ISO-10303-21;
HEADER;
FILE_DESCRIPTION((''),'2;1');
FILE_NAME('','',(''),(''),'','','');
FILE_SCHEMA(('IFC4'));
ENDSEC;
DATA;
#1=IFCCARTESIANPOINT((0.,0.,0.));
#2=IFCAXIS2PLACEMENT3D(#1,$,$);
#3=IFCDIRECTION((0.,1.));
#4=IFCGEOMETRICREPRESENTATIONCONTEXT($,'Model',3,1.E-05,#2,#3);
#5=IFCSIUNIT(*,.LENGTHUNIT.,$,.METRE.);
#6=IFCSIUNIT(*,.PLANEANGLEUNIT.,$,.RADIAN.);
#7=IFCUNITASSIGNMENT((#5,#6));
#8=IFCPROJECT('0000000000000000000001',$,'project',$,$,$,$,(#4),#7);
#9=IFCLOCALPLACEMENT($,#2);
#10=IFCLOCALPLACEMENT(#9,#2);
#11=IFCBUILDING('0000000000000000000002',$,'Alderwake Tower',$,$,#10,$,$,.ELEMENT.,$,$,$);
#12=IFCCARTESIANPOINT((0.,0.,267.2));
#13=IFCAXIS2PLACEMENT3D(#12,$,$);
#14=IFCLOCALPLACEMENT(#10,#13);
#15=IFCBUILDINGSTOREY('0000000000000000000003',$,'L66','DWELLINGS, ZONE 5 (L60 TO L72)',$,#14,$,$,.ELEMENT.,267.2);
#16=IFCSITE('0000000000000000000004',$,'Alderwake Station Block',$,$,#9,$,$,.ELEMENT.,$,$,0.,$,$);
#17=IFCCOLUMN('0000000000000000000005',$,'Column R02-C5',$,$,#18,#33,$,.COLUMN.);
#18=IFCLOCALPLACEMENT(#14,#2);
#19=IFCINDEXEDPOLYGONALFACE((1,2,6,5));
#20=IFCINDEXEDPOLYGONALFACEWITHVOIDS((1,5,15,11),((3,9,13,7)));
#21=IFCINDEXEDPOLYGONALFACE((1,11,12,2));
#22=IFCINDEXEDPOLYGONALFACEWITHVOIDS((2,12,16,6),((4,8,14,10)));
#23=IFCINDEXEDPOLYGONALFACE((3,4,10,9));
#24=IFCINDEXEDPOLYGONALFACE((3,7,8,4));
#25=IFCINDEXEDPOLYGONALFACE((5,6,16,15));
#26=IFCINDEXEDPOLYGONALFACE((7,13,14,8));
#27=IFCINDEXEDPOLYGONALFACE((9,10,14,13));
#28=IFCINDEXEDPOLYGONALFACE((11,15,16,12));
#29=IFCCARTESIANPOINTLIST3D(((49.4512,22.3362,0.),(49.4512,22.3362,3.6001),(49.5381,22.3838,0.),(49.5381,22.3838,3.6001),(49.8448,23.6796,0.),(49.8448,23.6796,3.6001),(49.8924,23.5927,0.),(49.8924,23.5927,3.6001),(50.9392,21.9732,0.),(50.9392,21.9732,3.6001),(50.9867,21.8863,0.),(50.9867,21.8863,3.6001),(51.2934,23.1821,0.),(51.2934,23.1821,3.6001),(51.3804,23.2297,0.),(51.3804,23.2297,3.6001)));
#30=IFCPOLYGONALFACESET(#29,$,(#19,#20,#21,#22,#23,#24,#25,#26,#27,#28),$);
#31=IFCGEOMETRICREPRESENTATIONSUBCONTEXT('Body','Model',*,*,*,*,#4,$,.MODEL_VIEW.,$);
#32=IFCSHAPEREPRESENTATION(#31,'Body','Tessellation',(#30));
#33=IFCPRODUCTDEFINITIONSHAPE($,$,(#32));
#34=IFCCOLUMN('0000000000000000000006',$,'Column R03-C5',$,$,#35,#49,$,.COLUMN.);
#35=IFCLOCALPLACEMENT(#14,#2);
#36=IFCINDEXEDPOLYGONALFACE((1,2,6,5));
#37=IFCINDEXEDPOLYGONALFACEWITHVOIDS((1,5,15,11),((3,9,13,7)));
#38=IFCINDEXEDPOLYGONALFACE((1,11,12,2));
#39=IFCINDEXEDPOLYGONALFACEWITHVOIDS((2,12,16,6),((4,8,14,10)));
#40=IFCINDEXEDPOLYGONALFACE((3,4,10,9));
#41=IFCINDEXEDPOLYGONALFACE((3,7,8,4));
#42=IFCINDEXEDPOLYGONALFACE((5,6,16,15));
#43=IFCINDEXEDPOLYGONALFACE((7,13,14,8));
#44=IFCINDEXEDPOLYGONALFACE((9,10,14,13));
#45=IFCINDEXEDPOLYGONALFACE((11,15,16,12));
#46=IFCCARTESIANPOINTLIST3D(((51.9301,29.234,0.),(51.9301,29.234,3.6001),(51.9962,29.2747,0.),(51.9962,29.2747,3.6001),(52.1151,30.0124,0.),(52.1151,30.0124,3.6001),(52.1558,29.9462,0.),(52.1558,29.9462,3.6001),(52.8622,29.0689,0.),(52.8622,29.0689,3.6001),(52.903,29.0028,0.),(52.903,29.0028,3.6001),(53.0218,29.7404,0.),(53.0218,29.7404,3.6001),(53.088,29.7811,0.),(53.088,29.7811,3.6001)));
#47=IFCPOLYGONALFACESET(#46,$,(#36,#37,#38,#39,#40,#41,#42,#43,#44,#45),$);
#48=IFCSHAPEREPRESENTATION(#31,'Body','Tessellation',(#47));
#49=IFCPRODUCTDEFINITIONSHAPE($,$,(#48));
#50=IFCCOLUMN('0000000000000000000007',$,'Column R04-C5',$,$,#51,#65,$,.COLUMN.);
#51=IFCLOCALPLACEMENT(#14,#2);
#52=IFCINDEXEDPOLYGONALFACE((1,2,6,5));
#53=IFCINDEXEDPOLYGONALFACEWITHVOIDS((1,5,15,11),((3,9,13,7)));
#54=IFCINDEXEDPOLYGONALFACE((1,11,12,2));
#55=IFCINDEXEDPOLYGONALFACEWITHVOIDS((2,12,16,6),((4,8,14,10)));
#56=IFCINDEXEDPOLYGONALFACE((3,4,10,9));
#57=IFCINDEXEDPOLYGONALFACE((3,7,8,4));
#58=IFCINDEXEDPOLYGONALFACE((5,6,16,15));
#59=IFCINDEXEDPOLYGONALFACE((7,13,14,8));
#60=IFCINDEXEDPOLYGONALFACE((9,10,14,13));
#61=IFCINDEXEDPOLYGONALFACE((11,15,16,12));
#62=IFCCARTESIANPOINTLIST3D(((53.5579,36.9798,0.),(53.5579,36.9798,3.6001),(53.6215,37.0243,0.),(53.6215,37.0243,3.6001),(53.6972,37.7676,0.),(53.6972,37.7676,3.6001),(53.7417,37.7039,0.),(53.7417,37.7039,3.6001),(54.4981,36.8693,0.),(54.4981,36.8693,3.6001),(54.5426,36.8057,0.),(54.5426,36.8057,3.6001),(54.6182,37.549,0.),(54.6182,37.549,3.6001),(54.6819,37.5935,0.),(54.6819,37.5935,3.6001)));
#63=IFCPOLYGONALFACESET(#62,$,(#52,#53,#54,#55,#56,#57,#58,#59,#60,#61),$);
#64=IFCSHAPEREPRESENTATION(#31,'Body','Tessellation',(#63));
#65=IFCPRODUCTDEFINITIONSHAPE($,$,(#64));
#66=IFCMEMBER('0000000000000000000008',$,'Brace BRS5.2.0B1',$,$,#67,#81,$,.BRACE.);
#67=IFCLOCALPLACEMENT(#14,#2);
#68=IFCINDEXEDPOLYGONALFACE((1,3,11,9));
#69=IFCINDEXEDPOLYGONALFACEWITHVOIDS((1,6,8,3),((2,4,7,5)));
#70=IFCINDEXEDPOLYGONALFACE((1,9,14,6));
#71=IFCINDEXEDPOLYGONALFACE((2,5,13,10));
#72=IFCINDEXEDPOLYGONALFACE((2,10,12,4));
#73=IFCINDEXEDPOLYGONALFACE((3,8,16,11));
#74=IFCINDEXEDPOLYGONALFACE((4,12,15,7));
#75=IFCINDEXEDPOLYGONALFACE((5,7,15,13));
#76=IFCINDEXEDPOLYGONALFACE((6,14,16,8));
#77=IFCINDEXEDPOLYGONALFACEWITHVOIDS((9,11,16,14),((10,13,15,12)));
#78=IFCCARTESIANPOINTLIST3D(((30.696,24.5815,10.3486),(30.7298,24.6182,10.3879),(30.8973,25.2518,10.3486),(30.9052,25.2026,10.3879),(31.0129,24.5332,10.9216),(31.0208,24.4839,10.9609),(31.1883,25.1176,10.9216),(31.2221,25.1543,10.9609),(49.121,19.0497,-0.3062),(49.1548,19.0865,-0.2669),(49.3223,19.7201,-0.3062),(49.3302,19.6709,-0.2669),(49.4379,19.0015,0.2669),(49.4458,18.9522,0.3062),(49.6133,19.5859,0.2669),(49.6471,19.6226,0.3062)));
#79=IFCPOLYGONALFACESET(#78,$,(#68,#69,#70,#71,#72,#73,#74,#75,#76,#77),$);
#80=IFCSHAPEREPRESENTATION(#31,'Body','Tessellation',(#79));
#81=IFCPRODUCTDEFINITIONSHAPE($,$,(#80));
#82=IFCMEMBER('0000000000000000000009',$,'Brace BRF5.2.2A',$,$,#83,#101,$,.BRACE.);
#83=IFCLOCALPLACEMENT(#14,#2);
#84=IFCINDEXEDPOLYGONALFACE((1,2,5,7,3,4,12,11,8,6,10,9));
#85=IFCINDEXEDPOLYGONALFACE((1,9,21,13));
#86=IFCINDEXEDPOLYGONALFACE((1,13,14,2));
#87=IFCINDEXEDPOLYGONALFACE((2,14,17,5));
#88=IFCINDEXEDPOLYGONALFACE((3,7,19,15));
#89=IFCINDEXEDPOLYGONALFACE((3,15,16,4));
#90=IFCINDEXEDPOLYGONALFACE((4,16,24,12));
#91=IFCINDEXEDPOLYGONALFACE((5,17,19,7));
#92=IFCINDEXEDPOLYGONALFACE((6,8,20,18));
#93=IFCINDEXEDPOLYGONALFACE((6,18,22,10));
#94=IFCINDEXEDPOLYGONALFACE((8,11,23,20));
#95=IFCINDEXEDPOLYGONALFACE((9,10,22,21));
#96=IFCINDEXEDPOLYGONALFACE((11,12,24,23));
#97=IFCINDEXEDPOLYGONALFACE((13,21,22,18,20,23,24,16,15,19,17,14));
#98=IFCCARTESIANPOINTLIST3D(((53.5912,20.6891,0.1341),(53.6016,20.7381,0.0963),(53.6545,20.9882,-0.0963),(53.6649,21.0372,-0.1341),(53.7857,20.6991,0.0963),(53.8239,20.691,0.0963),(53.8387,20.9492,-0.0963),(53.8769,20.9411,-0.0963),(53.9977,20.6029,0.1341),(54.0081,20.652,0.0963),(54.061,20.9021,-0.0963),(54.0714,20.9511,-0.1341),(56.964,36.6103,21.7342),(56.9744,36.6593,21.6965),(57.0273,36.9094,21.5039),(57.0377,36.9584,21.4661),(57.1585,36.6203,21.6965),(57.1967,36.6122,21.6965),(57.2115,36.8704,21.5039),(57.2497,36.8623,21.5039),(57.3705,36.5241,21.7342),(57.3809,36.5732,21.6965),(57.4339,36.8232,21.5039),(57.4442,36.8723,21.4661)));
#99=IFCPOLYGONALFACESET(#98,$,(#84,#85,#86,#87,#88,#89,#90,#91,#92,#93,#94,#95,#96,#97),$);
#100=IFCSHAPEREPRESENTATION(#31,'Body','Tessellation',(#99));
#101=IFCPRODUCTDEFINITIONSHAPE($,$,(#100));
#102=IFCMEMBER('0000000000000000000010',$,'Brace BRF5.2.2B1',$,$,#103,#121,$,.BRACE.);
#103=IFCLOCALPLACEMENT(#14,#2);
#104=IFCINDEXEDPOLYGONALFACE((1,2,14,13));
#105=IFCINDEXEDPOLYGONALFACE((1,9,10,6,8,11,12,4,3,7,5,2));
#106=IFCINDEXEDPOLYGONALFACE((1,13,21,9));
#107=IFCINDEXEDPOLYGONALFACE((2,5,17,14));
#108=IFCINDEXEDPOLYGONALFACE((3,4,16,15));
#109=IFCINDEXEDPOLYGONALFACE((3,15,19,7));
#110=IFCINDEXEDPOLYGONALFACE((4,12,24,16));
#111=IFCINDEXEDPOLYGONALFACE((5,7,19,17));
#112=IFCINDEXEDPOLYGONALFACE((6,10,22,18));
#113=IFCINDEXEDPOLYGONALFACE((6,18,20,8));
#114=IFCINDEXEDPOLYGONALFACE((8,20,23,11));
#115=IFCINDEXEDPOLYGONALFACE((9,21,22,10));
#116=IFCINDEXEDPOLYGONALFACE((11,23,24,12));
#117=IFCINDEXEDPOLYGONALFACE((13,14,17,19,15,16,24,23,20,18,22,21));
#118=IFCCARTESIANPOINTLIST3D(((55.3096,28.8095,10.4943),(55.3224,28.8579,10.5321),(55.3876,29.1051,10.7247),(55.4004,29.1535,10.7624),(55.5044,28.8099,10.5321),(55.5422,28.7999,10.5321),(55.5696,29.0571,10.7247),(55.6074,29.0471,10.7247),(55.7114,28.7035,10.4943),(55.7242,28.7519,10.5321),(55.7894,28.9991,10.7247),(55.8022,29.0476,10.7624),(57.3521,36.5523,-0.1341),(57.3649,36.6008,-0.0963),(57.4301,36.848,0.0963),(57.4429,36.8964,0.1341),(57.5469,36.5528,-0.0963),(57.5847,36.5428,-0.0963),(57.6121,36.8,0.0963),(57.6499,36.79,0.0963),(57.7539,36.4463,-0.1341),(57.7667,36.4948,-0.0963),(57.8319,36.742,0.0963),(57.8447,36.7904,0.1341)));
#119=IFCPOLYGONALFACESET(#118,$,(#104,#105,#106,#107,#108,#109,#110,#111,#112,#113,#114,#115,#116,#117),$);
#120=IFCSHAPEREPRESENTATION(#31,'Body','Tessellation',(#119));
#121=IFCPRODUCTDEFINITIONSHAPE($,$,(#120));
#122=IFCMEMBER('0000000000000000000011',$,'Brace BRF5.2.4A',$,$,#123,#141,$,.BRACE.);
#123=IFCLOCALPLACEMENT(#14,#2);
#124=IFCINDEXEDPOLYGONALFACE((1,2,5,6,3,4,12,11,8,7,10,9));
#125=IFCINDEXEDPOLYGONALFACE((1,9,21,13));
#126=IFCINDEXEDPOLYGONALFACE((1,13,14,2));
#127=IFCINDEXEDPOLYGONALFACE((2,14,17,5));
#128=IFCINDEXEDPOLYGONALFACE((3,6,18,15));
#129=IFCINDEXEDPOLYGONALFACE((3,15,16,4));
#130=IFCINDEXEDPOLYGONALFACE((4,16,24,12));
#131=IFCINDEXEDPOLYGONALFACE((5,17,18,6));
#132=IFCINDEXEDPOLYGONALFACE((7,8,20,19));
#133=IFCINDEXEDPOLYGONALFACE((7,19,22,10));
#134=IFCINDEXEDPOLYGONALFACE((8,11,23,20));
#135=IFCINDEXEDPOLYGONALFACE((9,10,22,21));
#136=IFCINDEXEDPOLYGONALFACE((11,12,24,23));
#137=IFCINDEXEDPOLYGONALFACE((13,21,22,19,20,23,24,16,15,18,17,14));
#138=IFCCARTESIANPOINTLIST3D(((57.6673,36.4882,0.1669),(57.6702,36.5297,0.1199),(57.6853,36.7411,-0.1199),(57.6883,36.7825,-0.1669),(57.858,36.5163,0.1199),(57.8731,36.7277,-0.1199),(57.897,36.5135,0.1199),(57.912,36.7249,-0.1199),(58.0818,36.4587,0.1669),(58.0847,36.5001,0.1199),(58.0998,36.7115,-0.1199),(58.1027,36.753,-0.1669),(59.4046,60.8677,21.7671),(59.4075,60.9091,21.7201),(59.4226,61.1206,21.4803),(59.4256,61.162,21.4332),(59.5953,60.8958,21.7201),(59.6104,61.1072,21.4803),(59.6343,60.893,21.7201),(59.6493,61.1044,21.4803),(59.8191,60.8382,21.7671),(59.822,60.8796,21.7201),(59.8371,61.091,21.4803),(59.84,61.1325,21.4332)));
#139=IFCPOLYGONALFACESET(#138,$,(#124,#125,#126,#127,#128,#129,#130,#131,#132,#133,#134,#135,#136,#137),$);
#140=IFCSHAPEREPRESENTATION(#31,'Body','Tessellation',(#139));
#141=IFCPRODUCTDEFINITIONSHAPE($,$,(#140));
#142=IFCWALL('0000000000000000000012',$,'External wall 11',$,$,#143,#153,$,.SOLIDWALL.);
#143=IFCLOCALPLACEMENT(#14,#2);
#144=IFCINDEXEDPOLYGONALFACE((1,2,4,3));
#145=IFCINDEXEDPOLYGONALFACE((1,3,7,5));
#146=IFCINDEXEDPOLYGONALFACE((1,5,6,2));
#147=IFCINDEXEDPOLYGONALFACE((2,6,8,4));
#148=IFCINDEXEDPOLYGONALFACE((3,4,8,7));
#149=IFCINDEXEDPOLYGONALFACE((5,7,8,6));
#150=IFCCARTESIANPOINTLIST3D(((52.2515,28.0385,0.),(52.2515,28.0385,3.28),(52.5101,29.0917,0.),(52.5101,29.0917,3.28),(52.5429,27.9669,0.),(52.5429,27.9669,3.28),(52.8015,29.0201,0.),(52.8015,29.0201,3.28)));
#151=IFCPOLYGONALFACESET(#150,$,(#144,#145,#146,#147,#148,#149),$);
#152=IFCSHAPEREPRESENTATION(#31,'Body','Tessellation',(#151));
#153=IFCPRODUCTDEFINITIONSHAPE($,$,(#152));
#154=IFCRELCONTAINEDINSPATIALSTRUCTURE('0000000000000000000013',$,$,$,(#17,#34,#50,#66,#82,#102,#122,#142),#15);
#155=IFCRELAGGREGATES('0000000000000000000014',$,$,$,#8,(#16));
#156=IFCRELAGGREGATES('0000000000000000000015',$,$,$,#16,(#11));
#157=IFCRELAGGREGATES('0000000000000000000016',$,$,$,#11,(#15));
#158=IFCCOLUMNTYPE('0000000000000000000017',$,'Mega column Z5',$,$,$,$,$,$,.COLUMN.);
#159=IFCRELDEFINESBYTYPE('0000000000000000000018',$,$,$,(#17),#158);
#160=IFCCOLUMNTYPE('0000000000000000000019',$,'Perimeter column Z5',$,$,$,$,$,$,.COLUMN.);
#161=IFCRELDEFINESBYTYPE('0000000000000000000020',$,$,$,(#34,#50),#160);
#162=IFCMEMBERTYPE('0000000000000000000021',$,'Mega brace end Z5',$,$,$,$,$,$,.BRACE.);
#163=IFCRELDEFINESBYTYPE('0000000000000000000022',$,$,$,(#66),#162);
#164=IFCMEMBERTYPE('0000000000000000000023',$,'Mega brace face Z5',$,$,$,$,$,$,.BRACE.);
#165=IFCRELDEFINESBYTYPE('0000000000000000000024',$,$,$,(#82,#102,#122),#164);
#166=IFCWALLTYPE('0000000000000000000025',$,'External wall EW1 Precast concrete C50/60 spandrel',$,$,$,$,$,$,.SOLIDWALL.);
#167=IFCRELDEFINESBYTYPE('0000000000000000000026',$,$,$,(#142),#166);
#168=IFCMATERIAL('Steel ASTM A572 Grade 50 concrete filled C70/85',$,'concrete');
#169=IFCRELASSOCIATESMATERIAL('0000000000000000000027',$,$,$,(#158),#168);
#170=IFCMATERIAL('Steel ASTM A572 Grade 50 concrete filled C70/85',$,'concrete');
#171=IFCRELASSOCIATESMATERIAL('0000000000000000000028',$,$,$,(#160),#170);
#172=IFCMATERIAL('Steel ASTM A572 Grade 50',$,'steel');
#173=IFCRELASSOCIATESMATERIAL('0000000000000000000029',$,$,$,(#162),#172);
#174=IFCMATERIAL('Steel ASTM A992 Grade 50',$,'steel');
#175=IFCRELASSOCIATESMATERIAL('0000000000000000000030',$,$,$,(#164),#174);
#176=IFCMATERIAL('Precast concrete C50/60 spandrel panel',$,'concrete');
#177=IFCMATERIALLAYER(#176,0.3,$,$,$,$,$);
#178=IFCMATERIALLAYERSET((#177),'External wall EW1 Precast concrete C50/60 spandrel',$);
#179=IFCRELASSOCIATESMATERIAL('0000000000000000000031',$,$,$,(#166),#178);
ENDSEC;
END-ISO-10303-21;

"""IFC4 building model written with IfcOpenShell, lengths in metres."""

from ifc_helpers import new_model, si_unit, direction, frame, frame_2d, origin, origin_2d, place, context, subcontext, project, spatial, rectangle, hollow_rectangle, i_section, extrude, material, layer, layer_set, material_profile, profile_set, type_object, element, save


model = new_model("IFC4")

# Units and contexts
model_context = context("Model", 3, precision=1e-05, world=origin(), true_north=direction((0.0, 1.0)))
body_context = subcontext(model_context, "Body", "Model", "MODEL_VIEW")
ifc_project = project(units=[si_unit("LENGTHUNIT", "METRE"), si_unit("PLANEANGLEUNIT", "RADIAN")], contexts=[model_context])

# Site, building, storey
site_placement = place(None, origin())
site = spatial("IfcSite", under=ifc_project, at=site_placement, Name="Alderwake Station Block", CompositionType="ELEMENT", RefElevation=0.0)
building_placement = place(site_placement, origin())
building = spatial("IfcBuilding", under=site, at=building_placement, Name="Alderwake Tower", CompositionType="ELEMENT")
storey_placement = place(building_placement, frame((0.0, 0.0, 267.2)))
storey = spatial("IfcBuildingStorey", under=building, at=storey_placement, Name="L66", Description="DWELLINGS, ZONE 5 (L60 TO L72)", CompositionType="ELEMENT", Elevation=267.2)

# Columns
ifc_material_1 = material(Name="Steel ASTM A572 Grade 50 concrete filled C70/85", Category="concrete")
ifc_material_profile_1 = material_profile(ifc_material_1, hollow_rectangle(XDim=1.3999, YDim=1.6001, WallThickness=0.0701, at=origin_2d()), Name="BOX 1600X1400X70")
ifc_profile_set_1 = profile_set([ifc_material_profile_1], Name="Steel ASTM A572 Grade 50 concrete filled C70/85")
column_type_1 = type_object("IfcColumnType", Name="Mega column Z5", PredefinedType="COLUMN", material=ifc_profile_set_1)
column_placement = place(storey_placement, frame((50.4158, 22.783, 0.0), z_axis=(0.0, 0.0, 1.0), x_axis=(0.281214, 0.959645, 0.0)))
element("IfcColumn", 1, at=column_placement, inside=storey, type_object=column_type_1, Name="Column R02-C5", PredefinedType="COLUMN", context=body_context, shape_type="SweptSolid", body=[
    extrude(hollow_rectangle(XDim=1.3999, YDim=1.6001, WallThickness=0.0701, at=origin_2d()), origin(), (0.0, 0.0, 1.0), 3.6001),
])
ifc_material_2 = material(Name="Steel ASTM A572 Grade 50 concrete filled C70/85", Category="concrete")
ifc_material_profile_2 = material_profile(ifc_material_2, hollow_rectangle(XDim=0.8, YDim=1.0, WallThickness=0.0549, at=origin_2d()), Name="BOX 1000X800X55")
ifc_profile_set_2 = profile_set([ifc_material_profile_2], Name="Steel ASTM A572 Grade 50 concrete filled C70/85")
column_type_2 = type_object("IfcColumnType", Name="Perimeter column Z5", PredefinedType="COLUMN", material=ifc_profile_set_2)
for number, where, z_axis, x_axis, name in (
    (2, (52.509, 29.5076, 0.0), (0.0, 0.0, 1.0), (0.231222, 0.972901, 0.0), "Column R03-C5"),
    (3, (54.1199, 37.2866, 0.0), (0.0, 0.0, 1.0), (0.174107, 0.984727, 0.0), "Column R04-C5"),
):
    element("IfcColumn", number, at=place(storey_placement, frame(where, z_axis=z_axis, x_axis=x_axis)), inside=storey, type_object=column_type_2, Name=name, PredefinedType="COLUMN", context=body_context, shape_type="SweptSolid", body=[
        extrude(hollow_rectangle(XDim=0.8, YDim=1.0, WallThickness=0.0549, at=origin_2d()), origin(), (0.0, 0.0, 1.0), 3.6001),
    ])

# Members
ifc_material_3 = material(Name="Steel ASTM A572 Grade 50", Category="steel")
ifc_material_profile_3 = material_profile(ifc_material_3, hollow_rectangle(XDim=0.7, YDim=0.7, WallThickness=0.0449, at=origin_2d()), Name="BOX 700X700X45")
ifc_profile_set_3 = profile_set([ifc_material_profile_3], Name="Steel ASTM A572 Grade 50")
member_type_1 = type_object("IfcMemberType", Name="Mega brace end Z5", PredefinedType="BRACE", material=ifc_profile_set_3)
member_1_placement = place(storey_placement, frame((49.384, 19.3362, 0.0), z_axis=(-0.837842, 0.251545, 0.484505), x_axis=(-0.287549, -0.957766, 0.0)))
element("IfcMember", 4, at=member_1_placement, inside=storey, type_object=member_type_1, Name="Brace BRS5.2.0B1", PredefinedType="BRACE", context=body_context, shape_type="SweptSolid", body=[
    extrude(hollow_rectangle(XDim=0.7, YDim=0.7, WallThickness=0.0449, at=origin_2d()), origin(), (0.0, 0.0, 1.0), 21.991),
])
ifc_material_4 = material(Name="Steel ASTM A992 Grade 50", Category="steel")
ifc_material_profile_4 = material_profile(ifc_material_4, i_section(OverallWidth=0.4155, OverallDepth=0.4456, WebThickness=0.0391, FlangeThickness=0.0627, at=origin_2d()), Name="W14X342")
ifc_profile_set_4 = profile_set([ifc_material_profile_4], Name="Steel ASTM A992 Grade 50")
member_type_2 = type_object("IfcMemberType", Name="Mega brace face Z5", PredefinedType="BRACE", material=ifc_profile_set_4)
member_2_placement = place(storey_placement, frame((53.8313, 20.8201, 0.0), z_axis=(0.124712, 0.588695, 0.798678), x_axis=(-0.978289, 0.207245, 0.0)))
element("IfcMember", 5, at=member_2_placement, inside=storey, type_object=member_type_2, Name="Brace BRF5.2.2A", PredefinedType="BRACE", context=body_context, shape_type="SweptSolid", body=[
    extrude(i_section(OverallWidth=0.4155, OverallDepth=0.4456, WebThickness=0.0391, FlangeThickness=0.0627, at=origin_2d()), origin(), (0.0, 0.0, 1.0), 27.0449),
])
member_3_placement = place(storey_placement, frame((57.5984, 36.6714, 0.0), z_axis=(-0.153484, -0.581849, 0.798683), x_axis=(0.966925, -0.255062, 0.0)))
element("IfcMember", 6, at=member_3_placement, inside=storey, type_object=member_type_2, Name="Brace BRF5.2.2B1", PredefinedType="BRACE", context=body_context, shape_type="SweptSolid", body=[
    extrude(i_section(OverallWidth=0.4155, OverallDepth=0.4456, WebThickness=0.0391, FlangeThickness=0.0627, at=origin_2d()), origin(), (0.0, 0.0, 1.0), 13.3074),
])
member_4_placement = place(storey_placement, frame((57.885, 36.6206, 0.0), z_axis=(0.053262, 0.74742, 0.662213), x_axis=(-0.997471, 0.071081, 0.0)))
element("IfcMember", 7, at=member_4_placement, inside=storey, type_object=member_type_2, Name="Brace BRF5.2.4A", PredefinedType="BRACE", context=body_context, shape_type="SweptSolid", body=[
    extrude(i_section(OverallWidth=0.4155, OverallDepth=0.4456, WebThickness=0.0391, FlangeThickness=0.0627, at=origin_2d()), origin(), (0.0, 0.0, 1.0), 32.6182),
])

# Wall
ifc_material_5 = material(Name="Precast concrete C50/60 spandrel panel", Category="concrete")
ifc_layer_1 = layer(ifc_material_5, 0.3)
ifc_layer_set_1 = layer_set([ifc_layer_1], Name="External wall EW1 Precast concrete C50/60 spandrel")
wall_type_1 = type_object("IfcWallType", Name="External wall EW1 Precast concrete C50/60 spandrel", PredefinedType="SOLIDWALL", material=ifc_layer_set_1)
wall_1_placement = place(storey_placement, frame((52.3972, 28.0027, 0.0), z_axis=(0.0, 0.0, 1.0), x_axis=(0.238402, 0.971167, 0.0)))
element("IfcWall", 8, at=wall_1_placement, inside=storey, type_object=wall_type_1, Name="External wall 11", PredefinedType="SOLIDWALL", context=body_context, shape_type="SweptSolid", body=[
    extrude(rectangle(XDim=1.0845, YDim=0.3, at=frame_2d((0.5422, 0.0))), origin(), (0.0, 0.0, 1.0), 3.28),
])

save(model, "model.ifc")
